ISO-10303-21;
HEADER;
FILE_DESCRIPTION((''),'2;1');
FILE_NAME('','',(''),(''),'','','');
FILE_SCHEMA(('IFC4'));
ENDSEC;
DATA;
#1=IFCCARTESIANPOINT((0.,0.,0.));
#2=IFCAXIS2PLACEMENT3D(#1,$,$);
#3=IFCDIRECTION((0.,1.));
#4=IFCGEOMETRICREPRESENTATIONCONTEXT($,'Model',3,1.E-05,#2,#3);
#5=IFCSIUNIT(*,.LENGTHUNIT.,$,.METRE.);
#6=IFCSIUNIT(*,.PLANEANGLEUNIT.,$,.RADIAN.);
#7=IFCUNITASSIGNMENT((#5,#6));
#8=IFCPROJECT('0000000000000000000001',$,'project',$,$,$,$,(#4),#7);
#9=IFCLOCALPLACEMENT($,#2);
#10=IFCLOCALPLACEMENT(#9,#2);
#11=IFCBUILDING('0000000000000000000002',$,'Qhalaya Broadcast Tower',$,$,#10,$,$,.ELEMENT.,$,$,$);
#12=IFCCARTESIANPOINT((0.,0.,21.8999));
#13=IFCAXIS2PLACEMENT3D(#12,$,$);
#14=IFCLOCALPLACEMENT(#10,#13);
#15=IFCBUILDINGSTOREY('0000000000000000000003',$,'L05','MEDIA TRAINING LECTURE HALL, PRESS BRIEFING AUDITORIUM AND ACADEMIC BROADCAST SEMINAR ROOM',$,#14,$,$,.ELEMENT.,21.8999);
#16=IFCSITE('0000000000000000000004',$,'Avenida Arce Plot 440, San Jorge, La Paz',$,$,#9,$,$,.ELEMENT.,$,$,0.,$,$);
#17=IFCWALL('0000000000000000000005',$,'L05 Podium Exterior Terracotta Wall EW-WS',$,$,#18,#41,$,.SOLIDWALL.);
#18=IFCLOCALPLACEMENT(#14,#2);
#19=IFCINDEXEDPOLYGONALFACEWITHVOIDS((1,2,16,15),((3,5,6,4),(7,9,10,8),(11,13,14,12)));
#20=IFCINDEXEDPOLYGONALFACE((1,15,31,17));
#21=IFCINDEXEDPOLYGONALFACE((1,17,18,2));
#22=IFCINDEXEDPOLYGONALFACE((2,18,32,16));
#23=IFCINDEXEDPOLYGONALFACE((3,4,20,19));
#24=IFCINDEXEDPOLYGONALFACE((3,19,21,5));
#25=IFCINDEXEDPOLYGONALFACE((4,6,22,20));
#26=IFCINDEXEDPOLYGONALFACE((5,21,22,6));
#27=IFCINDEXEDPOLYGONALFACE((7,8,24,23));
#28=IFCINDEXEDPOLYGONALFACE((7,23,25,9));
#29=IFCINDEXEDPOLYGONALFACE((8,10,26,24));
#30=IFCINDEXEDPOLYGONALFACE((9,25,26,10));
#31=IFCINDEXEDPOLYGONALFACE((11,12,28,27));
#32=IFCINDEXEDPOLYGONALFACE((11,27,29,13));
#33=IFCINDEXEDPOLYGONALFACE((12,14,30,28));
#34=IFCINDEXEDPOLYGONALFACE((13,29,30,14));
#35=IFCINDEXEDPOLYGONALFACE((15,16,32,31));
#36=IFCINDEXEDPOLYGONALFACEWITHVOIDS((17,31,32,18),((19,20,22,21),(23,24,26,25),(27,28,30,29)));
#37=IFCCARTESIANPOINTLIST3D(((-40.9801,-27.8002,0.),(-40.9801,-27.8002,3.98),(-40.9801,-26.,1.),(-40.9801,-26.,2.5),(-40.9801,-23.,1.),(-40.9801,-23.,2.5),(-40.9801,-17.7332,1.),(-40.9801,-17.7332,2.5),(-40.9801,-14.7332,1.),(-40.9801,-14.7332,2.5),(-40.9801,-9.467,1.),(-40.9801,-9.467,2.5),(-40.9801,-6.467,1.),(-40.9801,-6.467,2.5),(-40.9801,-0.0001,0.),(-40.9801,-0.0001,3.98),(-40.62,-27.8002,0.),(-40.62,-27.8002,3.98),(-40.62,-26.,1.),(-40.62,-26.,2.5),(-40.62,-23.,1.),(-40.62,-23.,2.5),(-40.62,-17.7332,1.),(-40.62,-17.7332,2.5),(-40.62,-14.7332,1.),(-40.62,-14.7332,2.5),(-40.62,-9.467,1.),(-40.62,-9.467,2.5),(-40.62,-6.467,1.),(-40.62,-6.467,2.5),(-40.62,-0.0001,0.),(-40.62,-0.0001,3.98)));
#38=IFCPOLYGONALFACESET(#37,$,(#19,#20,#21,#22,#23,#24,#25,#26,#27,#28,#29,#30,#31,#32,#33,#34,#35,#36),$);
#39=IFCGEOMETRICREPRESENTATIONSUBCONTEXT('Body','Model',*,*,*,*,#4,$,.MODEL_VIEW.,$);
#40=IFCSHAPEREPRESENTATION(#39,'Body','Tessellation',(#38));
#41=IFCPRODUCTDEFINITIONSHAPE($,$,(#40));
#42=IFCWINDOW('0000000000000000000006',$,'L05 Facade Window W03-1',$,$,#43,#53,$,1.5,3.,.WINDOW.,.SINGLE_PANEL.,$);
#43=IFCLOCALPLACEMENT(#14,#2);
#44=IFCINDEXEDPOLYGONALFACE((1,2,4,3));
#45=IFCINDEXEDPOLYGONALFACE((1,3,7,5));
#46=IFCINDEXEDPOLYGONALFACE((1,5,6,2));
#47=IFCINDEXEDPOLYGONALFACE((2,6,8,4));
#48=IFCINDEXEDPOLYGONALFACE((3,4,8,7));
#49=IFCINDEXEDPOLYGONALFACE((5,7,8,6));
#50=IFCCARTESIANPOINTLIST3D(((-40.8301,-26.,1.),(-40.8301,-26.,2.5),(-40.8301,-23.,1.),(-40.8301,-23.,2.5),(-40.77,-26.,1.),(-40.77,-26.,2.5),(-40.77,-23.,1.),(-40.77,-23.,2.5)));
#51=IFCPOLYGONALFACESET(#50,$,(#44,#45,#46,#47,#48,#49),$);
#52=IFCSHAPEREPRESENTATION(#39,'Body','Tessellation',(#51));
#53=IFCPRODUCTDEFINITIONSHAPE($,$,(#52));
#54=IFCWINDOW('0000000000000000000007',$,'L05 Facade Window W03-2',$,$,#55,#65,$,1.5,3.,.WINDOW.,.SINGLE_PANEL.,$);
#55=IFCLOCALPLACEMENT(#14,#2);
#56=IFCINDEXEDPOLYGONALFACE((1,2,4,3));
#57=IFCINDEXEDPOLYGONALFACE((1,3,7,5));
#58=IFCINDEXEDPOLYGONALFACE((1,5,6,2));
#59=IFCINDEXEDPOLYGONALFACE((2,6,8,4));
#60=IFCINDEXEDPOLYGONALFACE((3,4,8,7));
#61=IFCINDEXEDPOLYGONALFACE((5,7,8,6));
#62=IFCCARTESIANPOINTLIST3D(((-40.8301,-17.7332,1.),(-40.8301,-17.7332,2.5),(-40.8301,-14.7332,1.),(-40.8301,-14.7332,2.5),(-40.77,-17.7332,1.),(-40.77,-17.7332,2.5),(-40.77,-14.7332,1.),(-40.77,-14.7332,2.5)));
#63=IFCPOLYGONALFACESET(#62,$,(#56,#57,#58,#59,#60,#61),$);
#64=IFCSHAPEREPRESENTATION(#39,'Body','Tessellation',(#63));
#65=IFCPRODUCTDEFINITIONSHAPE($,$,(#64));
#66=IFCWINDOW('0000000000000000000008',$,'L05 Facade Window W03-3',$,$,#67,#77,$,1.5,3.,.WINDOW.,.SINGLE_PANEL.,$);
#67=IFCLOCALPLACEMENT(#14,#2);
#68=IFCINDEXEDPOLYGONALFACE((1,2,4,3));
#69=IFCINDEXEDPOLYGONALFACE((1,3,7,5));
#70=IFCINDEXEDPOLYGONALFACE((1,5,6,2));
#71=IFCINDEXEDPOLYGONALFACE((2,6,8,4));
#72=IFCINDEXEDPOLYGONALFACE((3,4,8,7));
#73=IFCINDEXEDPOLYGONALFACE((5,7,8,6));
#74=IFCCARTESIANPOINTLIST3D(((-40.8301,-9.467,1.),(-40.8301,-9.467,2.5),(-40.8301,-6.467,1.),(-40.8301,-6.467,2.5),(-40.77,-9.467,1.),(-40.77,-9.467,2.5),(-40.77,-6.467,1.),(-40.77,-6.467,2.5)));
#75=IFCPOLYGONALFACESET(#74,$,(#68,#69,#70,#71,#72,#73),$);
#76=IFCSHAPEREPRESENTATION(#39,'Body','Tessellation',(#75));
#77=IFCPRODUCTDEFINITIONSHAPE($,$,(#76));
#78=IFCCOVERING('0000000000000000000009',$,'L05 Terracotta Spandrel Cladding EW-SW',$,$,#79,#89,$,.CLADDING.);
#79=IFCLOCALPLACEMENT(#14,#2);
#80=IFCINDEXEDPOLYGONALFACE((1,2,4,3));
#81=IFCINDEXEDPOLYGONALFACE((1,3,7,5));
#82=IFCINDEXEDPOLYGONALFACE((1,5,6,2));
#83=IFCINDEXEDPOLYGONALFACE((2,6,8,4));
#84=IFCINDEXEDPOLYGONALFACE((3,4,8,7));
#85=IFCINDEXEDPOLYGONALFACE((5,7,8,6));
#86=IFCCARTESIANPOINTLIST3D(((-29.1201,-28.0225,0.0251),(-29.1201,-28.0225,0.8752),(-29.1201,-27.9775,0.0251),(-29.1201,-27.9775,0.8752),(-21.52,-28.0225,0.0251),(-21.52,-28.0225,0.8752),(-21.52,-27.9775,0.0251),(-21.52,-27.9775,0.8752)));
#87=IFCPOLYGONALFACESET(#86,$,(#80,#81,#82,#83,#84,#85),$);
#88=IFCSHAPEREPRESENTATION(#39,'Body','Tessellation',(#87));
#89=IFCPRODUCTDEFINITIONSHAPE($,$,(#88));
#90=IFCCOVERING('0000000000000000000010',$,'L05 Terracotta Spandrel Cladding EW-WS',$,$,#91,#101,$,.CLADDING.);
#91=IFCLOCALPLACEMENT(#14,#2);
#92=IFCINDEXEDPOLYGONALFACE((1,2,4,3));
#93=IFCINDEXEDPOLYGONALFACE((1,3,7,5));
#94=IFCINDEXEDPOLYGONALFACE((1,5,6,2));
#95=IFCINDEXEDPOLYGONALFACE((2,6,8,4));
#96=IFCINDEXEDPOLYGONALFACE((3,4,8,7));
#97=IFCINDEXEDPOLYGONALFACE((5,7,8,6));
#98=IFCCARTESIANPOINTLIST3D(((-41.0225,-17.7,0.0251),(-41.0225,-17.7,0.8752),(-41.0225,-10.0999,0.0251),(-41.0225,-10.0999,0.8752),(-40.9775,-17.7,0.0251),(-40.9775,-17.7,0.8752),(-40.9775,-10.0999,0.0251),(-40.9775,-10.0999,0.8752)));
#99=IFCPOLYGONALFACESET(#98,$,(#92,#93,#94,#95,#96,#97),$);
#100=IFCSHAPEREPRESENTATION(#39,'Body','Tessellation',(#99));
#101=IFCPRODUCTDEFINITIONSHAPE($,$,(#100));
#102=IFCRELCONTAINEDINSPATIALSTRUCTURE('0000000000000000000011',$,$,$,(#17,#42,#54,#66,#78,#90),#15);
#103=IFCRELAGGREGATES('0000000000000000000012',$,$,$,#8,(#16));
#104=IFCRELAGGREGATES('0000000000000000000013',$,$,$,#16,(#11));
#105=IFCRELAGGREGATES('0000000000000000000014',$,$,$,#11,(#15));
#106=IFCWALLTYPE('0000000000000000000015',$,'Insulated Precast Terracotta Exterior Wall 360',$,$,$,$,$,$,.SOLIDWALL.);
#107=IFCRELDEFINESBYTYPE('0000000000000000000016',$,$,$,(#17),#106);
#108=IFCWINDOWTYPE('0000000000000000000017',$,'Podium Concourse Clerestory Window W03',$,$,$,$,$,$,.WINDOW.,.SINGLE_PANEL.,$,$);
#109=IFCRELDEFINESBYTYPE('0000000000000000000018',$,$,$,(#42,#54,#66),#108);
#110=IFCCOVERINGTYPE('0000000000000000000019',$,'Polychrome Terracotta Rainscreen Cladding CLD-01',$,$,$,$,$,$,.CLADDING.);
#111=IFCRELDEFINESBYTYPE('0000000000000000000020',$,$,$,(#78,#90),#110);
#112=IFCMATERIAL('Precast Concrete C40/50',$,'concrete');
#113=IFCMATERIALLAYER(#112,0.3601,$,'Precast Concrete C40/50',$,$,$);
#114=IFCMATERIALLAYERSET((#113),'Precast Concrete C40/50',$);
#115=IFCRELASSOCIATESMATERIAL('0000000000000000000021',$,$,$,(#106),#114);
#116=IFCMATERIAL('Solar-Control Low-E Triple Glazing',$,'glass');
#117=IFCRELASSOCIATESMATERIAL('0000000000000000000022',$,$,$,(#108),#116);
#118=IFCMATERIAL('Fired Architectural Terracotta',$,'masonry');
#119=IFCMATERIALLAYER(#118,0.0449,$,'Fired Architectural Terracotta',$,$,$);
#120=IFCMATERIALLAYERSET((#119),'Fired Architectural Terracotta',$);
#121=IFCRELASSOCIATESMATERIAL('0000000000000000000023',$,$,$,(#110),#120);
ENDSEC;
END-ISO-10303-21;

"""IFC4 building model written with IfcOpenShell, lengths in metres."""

from ifc_helpers import new_model, si_unit, direction, frame, frame_2d, origin, origin_2d, place, context, subcontext, project, spatial, rectangle, extrude, material, layer, layer_set, type_object, element, fill, save


model = new_model("IFC4")

# Units and contexts
model_context = context("Model", 3, precision=1e-05, world=origin(), true_north=direction((0.0, 1.0)))
body_context = subcontext(model_context, "Body", "Model", "MODEL_VIEW")
ifc_project = project(units=[si_unit("LENGTHUNIT", "METRE"), si_unit("PLANEANGLEUNIT", "RADIAN")], contexts=[model_context])

# Site, building, storey
site_placement = place(None, origin())
site = spatial("IfcSite", under=ifc_project, at=site_placement, Name="Avenida Arce Plot 440, San Jorge, La Paz", CompositionType="ELEMENT", RefElevation=0.0)
building_placement = place(site_placement, origin())
building = spatial("IfcBuilding", under=site, at=building_placement, Name="Qhalaya Broadcast Tower", CompositionType="ELEMENT")
storey_placement = place(building_placement, frame((0.0, 0.0, 21.8999)))
storey = spatial("IfcBuildingStorey", under=building, at=storey_placement, Name="L05", Description="MEDIA TRAINING LECTURE HALL, PRESS BRIEFING AUDITORIUM AND ACADEMIC BROADCAST SEMINAR ROOM", CompositionType="ELEMENT", Elevation=21.8999)

# Wall, openings, windows
ifc_material_1 = material(Name="Precast Concrete C40/50", Category="concrete")
ifc_layer_1 = layer(ifc_material_1, 0.3601, Name="Precast Concrete C40/50")
ifc_layer_set_1 = layer_set([ifc_layer_1], Name="Precast Concrete C40/50")
wall_type_1 = type_object("IfcWallType", Name="Insulated Precast Terracotta Exterior Wall 360", PredefinedType="SOLIDWALL", material=ifc_layer_set_1)
wall_1_placement = place(storey_placement, frame((-40.8, -27.8, 0.0), z_axis=(0.0, 0.0, 1.0), x_axis=(0.0, 1.0, 0.0)))
wall_1 = element("IfcWall", 1, at=wall_1_placement, inside=storey, type_object=wall_type_1, Name="L05 Podium Exterior Terracotta Wall EW-WS", PredefinedType="SOLIDWALL", context=body_context, shape_type="SweptSolid", body=[
    extrude(rectangle(XDim=27.8, YDim=0.3601, at=frame_2d((13.8999, 0.0))), origin(), (0.0, 0.0, 1.0), 3.98),
])
opening_1_placement = place(wall_1_placement, frame((1.8, 0.0, 1.0)))
opening_1 = element("IfcOpeningElement", 2, at=opening_1_placement, cuts=wall_1, PredefinedType="OPENING", context=body_context, shape_type="SweptSolid", body=[
    extrude(rectangle(XDim=3.0, YDim=1.5, at=frame_2d((1.5, 0.75))), frame((0.0, 0.1921, 0.0), z_axis=(0.0, -1.0, 0.0), x_axis=(1.0, 0.0, 0.0)), (0.0, 0.0, 1.0), 0.384),
])
opening_2_placement = place(wall_1_placement, frame((10.0669, 0.0, 1.0)))
opening_2 = element("IfcOpeningElement", 3, at=opening_2_placement, cuts=wall_1, PredefinedType="OPENING", context=body_context, shape_type="SweptSolid", body=[
    extrude(rectangle(XDim=3.0, YDim=1.5, at=frame_2d((1.5, 0.75))), frame((0.0, 0.1921, 0.0), z_axis=(0.0, -1.0, 0.0), x_axis=(1.0, 0.0, 0.0)), (0.0, 0.0, 1.0), 0.384),
])
opening_3_placement = place(wall_1_placement, frame((18.333, 0.0, 1.0)))
opening_3 = element("IfcOpeningElement", 4, at=opening_3_placement, cuts=wall_1, PredefinedType="OPENING", context=body_context, shape_type="SweptSolid", body=[
    extrude(rectangle(XDim=3.0, YDim=1.5, at=frame_2d((1.5, 0.75))), frame((0.0, 0.1921, 0.0), z_axis=(0.0, -1.0, 0.0), x_axis=(1.0, 0.0, 0.0)), (0.0, 0.0, 1.0), 0.384),
])
ifc_material_2 = material(Name="Solar-Control Low-E Triple Glazing", Category="glass")
window_type = type_object("IfcWindowType", Name="Podium Concourse Clerestory Window W03", PartitioningType="SINGLE_PANEL", PredefinedType="WINDOW", material=ifc_material_2)
window_1_placement = place(opening_1_placement, origin())
window_1 = element("IfcWindow", 5, at=window_1_placement, inside=storey, type_object=window_type, Name="L05 Facade Window W03-1", OverallHeight=1.5, OverallWidth=3.0, PartitioningType="SINGLE_PANEL", PredefinedType="WINDOW", context=body_context, shape_type="SweptSolid", body=[
    extrude(rectangle(XDim=3.0, YDim=1.5, at=frame_2d((1.5, 0.75))), frame((0.0, 0.03, 0.0), z_axis=(0.0, -1.0, 0.0), x_axis=(1.0, 0.0, 0.0)), (0.0, 0.0, 1.0), 0.0601),
])
fill(opening_1, window_1)
window_2_placement = place(opening_2_placement, origin())
window_2 = element("IfcWindow", 6, at=window_2_placement, inside=storey, type_object=window_type, Name="L05 Facade Window W03-2", OverallHeight=1.5, OverallWidth=3.0, PartitioningType="SINGLE_PANEL", PredefinedType="WINDOW", context=body_context, shape_type="SweptSolid", body=[
    extrude(rectangle(XDim=3.0, YDim=1.5, at=frame_2d((1.5, 0.75))), frame((0.0, 0.03, 0.0), z_axis=(0.0, -1.0, 0.0), x_axis=(1.0, 0.0, 0.0)), (0.0, 0.0, 1.0), 0.0601),
])
fill(opening_2, window_2)
window_3_placement = place(opening_3_placement, origin())
window_3 = element("IfcWindow", 7, at=window_3_placement, inside=storey, type_object=window_type, Name="L05 Facade Window W03-3", OverallHeight=1.5, OverallWidth=3.0, PartitioningType="SINGLE_PANEL", PredefinedType="WINDOW", context=body_context, shape_type="SweptSolid", body=[
    extrude(rectangle(XDim=3.0, YDim=1.5, at=frame_2d((1.5, 0.75))), frame((0.0, 0.03, 0.0), z_axis=(0.0, -1.0, 0.0), x_axis=(1.0, 0.0, 0.0)), (0.0, 0.0, 1.0), 0.0601),
])
fill(opening_3, window_3)

# Coverings
ifc_material_3 = material(Name="Fired Architectural Terracotta", Category="masonry")
ifc_layer_2 = layer(ifc_material_3, 0.0449, Name="Fired Architectural Terracotta")
ifc_layer_set_2 = layer_set([ifc_layer_2], Name="Fired Architectural Terracotta")
covering_type = type_object("IfcCoveringType", Name="Polychrome Terracotta Rainscreen Cladding CLD-01", PredefinedType="CLADDING", material=ifc_layer_set_2)
for number, where, z_axis, x_axis, name in (
    (8, (-25.3201, -28.0, 0.0251), (0.0, 0.0, 1.0), (-1.0, 0.0, 0.0), "L05 Terracotta Spandrel Cladding EW-SW"),
    (9, (-41.0, -13.8999, 0.0251), (0.0, 0.0, 1.0), (0.0, 1.0, 0.0), "L05 Terracotta Spandrel Cladding EW-WS"),
):
    element("IfcCovering", number, at=place(storey_placement, frame(where, z_axis=z_axis, x_axis=x_axis)), inside=storey, type_object=covering_type, Name=name, PredefinedType="CLADDING", context=body_context, shape_type="SweptSolid", body=[
        extrude(rectangle(XDim=7.6001, YDim=0.0449, at=origin_2d()), origin(), (0.0, 0.0, 1.0), 0.8501),
    ])

save(model, "model.ifc")
